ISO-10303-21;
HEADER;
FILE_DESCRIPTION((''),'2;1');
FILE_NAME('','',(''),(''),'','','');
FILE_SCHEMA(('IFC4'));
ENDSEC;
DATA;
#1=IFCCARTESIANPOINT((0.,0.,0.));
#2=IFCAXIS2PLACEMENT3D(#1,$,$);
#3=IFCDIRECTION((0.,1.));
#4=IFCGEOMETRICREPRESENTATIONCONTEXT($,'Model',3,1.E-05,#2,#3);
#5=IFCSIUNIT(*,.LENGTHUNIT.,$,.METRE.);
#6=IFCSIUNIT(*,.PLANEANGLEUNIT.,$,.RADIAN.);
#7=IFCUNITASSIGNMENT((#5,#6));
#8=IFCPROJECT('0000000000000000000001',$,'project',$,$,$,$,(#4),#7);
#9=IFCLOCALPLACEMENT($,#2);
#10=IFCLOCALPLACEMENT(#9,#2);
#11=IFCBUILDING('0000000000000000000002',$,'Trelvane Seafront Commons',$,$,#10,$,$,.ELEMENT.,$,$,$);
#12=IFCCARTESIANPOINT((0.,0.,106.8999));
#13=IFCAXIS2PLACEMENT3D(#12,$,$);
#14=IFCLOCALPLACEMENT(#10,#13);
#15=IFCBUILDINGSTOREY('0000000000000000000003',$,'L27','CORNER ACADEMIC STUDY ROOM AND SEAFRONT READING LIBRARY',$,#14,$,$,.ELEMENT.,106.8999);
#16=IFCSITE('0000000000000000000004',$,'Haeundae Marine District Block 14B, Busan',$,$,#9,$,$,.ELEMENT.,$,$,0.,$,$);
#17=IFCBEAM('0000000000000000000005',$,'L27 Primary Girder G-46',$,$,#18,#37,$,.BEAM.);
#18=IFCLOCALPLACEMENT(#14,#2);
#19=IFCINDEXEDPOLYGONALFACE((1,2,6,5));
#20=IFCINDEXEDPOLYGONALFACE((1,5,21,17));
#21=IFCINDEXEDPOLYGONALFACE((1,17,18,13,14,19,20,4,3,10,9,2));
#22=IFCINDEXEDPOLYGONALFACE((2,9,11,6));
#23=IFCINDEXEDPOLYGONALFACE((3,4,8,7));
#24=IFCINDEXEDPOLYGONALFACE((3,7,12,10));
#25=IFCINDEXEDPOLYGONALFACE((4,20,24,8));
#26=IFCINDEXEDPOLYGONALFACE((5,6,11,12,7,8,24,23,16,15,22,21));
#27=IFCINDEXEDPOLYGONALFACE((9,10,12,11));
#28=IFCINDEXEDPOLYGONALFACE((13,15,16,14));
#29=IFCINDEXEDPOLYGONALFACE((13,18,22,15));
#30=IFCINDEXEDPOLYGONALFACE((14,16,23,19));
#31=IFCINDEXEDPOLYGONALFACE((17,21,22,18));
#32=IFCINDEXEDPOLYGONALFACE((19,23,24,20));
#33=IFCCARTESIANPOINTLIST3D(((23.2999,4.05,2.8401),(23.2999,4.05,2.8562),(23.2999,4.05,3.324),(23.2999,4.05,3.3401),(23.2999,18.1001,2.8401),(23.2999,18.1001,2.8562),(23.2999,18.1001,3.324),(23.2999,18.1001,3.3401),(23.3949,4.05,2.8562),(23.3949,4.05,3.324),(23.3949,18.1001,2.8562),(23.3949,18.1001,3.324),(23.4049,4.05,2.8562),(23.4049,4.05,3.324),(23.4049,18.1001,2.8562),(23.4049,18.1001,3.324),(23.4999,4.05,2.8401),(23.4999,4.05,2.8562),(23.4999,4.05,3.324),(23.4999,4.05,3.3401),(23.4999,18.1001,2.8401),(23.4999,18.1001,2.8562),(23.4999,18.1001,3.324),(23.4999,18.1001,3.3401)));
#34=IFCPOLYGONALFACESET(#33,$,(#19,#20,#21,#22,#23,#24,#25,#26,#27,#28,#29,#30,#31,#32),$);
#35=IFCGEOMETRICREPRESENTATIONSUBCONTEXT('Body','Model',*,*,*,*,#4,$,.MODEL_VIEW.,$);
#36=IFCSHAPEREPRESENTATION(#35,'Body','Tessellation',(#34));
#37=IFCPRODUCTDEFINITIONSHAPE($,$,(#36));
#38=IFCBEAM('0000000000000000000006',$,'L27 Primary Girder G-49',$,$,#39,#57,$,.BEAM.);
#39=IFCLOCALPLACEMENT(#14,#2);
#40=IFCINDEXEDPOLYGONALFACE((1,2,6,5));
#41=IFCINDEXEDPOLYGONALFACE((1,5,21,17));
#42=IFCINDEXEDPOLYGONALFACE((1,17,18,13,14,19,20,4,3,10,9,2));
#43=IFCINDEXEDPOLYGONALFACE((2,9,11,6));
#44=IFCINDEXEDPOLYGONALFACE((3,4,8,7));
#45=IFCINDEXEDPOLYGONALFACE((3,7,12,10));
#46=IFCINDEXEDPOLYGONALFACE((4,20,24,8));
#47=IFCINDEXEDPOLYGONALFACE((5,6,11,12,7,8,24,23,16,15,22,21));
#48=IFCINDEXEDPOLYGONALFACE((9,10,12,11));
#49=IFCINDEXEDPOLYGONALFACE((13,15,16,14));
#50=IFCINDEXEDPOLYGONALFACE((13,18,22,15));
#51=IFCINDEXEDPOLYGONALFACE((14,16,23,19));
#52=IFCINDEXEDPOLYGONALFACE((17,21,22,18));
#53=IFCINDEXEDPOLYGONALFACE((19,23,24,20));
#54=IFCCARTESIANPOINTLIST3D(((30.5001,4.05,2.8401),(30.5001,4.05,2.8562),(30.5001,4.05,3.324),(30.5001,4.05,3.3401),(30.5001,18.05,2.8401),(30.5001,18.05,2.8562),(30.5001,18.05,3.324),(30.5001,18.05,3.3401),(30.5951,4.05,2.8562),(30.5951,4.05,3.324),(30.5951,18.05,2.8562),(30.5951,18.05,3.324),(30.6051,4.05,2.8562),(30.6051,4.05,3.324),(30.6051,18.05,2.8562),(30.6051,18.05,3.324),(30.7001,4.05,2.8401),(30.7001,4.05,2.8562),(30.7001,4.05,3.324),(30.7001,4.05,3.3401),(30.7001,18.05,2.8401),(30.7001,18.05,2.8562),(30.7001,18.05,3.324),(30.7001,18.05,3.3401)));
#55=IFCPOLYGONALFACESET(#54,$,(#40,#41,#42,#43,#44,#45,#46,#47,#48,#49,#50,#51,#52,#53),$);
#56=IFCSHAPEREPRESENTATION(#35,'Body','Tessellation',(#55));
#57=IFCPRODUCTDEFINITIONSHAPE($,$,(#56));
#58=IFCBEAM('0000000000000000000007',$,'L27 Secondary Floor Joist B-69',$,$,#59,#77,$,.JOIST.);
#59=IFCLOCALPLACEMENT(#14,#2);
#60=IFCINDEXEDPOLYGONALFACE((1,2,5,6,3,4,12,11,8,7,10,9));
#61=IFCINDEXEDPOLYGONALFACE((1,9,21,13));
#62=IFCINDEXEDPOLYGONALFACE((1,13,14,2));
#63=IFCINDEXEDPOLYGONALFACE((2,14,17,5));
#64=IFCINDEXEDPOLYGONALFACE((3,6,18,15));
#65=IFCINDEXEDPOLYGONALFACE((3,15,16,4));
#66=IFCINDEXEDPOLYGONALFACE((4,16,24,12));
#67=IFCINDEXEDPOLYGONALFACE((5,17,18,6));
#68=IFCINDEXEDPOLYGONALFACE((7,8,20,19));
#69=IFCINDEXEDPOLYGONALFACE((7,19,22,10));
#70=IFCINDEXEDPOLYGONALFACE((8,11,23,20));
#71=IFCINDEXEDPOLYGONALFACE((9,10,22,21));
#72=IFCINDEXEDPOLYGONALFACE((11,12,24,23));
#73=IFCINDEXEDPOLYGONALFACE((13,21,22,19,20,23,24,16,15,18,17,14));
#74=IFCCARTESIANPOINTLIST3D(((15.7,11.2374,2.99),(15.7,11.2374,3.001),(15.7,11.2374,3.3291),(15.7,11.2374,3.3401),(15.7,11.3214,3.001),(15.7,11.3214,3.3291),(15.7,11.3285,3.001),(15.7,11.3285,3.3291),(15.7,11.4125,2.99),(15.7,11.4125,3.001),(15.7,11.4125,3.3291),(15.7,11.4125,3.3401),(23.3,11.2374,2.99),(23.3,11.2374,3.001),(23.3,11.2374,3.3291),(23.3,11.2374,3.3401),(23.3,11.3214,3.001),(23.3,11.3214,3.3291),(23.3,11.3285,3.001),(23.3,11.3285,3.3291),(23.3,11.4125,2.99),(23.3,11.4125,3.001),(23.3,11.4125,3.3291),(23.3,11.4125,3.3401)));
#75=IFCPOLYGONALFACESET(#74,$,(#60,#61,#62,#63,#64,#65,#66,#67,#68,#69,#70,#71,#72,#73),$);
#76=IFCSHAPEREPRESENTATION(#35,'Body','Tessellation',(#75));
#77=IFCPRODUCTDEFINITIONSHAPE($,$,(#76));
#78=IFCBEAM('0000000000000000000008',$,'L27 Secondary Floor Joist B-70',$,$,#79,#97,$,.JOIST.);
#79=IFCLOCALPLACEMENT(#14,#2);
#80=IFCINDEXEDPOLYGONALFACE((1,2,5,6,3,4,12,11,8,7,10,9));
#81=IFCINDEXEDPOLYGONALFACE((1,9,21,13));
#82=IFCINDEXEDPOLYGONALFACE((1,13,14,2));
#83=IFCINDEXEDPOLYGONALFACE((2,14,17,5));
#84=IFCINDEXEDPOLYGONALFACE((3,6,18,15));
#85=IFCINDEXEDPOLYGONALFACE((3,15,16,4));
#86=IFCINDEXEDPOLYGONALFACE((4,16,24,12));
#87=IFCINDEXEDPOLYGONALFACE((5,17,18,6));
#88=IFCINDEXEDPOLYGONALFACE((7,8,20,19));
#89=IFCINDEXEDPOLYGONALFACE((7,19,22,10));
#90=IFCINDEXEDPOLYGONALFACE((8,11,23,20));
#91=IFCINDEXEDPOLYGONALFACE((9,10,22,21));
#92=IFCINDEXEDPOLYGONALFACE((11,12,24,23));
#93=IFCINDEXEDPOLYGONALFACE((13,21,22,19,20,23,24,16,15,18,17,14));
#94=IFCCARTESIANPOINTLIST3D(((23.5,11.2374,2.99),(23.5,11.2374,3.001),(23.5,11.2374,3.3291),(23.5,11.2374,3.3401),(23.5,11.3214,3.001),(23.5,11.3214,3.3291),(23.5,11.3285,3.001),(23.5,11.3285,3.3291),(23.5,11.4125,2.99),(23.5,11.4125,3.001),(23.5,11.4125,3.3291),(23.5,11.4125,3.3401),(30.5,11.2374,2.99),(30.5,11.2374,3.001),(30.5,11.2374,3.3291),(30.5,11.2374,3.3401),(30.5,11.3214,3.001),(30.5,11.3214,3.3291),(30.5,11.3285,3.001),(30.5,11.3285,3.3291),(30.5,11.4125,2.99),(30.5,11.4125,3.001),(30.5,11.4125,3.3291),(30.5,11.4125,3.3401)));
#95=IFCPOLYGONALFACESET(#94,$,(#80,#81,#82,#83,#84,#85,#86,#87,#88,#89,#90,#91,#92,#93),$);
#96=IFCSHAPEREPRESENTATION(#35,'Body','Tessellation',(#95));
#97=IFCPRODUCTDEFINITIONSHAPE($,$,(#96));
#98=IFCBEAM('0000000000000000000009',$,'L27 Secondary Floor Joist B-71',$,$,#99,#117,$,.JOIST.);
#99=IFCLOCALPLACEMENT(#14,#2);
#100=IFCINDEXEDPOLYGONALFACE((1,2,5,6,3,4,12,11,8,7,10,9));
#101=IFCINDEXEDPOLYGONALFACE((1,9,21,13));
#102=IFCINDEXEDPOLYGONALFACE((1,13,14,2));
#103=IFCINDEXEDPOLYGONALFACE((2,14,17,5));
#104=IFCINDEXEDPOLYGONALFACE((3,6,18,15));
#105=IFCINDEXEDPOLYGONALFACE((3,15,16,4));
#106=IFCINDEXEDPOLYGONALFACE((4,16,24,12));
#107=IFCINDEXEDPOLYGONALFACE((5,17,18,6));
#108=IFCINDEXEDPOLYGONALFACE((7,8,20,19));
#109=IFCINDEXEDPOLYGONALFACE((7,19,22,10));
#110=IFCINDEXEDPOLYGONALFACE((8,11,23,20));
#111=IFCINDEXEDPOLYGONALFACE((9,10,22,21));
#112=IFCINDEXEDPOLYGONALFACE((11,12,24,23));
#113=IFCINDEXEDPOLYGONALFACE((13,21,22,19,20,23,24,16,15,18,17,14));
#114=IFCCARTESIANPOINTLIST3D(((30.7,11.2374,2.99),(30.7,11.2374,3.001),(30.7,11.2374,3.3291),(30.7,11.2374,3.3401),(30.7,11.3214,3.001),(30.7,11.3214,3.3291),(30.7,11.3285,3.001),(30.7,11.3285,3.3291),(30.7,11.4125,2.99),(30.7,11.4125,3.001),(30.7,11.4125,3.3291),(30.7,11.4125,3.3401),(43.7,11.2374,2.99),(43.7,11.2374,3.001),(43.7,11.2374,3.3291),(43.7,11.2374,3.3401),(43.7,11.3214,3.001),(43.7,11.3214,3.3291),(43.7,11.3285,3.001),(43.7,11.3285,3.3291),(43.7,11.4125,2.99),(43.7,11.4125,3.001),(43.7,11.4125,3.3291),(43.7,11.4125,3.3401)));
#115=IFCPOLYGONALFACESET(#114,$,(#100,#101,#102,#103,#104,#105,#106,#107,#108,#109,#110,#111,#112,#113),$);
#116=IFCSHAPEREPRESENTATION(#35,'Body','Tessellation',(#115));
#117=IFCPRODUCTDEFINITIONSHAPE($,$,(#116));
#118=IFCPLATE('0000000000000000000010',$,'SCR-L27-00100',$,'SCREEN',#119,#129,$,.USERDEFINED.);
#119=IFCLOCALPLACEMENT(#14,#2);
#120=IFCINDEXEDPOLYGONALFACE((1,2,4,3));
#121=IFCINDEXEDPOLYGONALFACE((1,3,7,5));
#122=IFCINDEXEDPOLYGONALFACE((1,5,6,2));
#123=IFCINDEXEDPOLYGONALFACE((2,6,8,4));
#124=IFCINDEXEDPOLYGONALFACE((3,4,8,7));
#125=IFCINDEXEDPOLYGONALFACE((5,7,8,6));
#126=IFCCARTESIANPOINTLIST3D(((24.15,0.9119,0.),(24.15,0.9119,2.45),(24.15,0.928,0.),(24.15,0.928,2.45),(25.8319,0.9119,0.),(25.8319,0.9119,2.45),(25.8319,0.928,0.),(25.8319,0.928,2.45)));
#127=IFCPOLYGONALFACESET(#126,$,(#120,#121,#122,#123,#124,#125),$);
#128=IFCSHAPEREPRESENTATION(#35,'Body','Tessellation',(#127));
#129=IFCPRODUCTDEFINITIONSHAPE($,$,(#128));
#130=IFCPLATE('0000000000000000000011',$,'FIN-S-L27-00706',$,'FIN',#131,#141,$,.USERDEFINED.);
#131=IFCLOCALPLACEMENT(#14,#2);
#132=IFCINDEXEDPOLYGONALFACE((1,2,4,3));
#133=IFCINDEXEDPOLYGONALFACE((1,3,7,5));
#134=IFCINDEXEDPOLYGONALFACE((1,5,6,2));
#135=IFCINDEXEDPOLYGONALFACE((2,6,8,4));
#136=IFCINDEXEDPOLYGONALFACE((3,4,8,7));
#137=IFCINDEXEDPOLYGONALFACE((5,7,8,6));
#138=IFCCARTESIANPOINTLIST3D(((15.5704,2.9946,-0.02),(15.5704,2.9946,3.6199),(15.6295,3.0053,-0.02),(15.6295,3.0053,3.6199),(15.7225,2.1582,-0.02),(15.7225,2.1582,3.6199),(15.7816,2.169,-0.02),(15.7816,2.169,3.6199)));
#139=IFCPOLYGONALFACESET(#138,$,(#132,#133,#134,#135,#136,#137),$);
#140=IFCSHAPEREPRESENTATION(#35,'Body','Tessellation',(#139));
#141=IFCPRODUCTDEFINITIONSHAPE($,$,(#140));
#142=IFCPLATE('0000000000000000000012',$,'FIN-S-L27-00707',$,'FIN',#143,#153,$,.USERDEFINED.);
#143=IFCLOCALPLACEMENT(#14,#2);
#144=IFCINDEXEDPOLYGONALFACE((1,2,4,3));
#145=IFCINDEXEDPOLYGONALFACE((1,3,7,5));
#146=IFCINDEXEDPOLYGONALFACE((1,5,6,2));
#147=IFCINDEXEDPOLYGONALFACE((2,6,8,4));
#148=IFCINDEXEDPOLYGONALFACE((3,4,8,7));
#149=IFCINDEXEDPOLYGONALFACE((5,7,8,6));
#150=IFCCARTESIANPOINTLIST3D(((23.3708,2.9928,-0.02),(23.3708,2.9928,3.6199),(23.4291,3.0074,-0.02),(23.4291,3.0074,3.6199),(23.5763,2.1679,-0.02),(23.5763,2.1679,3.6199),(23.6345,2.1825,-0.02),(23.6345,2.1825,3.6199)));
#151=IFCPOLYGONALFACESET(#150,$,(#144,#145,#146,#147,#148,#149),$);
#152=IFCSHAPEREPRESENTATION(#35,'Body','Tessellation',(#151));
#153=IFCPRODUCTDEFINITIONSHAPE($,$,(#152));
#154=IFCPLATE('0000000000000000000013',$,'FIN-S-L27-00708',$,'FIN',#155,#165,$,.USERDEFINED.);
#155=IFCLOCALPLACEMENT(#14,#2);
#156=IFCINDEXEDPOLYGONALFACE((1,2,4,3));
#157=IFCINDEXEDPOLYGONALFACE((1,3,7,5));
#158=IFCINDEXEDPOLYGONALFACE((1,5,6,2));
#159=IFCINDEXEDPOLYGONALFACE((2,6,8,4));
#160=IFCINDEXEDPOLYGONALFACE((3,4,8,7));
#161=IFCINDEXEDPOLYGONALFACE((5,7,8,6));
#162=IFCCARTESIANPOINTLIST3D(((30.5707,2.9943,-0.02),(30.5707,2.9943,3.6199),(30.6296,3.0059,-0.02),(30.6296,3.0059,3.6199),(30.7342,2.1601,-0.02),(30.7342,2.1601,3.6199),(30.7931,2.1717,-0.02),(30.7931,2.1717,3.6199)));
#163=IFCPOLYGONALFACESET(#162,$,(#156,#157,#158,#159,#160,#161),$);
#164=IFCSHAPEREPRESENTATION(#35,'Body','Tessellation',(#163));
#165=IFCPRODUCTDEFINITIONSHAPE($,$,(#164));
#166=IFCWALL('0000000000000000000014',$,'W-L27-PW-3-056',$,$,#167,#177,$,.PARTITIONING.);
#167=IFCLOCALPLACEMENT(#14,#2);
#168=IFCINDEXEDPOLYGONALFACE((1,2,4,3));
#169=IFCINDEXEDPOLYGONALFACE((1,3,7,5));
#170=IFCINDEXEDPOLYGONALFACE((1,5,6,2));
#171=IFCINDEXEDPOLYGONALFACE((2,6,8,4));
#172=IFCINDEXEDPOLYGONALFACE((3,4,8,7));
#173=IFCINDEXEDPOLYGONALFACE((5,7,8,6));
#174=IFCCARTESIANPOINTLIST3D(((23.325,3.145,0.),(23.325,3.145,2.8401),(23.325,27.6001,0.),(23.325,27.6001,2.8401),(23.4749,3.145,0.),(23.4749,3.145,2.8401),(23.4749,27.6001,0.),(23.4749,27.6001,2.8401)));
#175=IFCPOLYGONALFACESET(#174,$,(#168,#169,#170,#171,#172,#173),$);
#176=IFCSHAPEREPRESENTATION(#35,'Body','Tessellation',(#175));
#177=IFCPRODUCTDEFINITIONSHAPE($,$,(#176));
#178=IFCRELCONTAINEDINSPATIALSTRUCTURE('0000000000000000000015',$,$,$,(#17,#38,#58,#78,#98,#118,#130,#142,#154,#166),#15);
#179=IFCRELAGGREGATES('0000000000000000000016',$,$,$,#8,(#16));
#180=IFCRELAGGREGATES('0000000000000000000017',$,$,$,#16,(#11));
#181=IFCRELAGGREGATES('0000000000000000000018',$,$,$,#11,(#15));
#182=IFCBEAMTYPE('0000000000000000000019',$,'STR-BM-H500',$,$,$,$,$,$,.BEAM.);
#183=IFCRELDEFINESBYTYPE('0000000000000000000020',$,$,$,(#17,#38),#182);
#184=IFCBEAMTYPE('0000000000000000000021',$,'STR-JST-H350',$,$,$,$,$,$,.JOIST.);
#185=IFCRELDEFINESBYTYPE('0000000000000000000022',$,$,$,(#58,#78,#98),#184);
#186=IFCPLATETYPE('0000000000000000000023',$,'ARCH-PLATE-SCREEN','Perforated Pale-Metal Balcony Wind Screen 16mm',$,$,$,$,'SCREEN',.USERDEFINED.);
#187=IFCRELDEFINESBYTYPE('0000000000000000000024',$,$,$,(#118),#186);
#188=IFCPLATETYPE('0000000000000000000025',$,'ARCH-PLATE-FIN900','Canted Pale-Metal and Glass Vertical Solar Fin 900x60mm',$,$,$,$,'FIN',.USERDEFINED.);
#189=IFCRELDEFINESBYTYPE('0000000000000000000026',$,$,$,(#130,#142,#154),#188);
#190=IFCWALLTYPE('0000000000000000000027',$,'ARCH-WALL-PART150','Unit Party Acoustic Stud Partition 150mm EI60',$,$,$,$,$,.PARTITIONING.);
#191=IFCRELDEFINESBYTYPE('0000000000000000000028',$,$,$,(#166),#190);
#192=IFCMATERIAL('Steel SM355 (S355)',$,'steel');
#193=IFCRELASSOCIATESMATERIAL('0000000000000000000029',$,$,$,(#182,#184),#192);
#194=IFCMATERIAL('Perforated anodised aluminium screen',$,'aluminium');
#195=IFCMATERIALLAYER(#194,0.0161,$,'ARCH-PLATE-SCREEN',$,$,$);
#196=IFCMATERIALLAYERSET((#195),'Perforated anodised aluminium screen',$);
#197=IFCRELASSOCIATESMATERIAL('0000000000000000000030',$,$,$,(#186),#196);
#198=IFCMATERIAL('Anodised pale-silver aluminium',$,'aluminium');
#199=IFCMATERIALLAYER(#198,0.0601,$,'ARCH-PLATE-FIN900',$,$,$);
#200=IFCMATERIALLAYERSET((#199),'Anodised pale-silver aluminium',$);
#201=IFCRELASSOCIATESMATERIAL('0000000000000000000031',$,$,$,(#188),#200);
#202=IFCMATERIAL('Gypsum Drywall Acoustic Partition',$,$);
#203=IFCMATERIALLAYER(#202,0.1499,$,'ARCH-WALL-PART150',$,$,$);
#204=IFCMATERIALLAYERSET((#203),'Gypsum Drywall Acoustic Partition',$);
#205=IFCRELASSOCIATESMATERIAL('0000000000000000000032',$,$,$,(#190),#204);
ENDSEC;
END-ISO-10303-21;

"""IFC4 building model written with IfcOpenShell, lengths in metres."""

from ifc_helpers import new_model, si_unit, direction, frame, frame_2d, origin, origin_2d, place, context, subcontext, project, spatial, rectangle, i_section, extrude, source, transform, mapped, material, layer, layer_set, material_profile, profile_set, type_object, element, save


model = new_model("IFC4")

# Units and contexts
model_context = context("Model", 3, precision=1e-05, world=origin(), true_north=direction((0.0, 1.0)))
body_context = subcontext(model_context, "Body", "Model", "MODEL_VIEW")
ifc_project = project(units=[si_unit("LENGTHUNIT", "METRE"), si_unit("PLANEANGLEUNIT", "RADIAN")], contexts=[model_context])

# Site, building, storey
site_placement = place(None, origin())
site = spatial("IfcSite", under=ifc_project, at=site_placement, Name="Haeundae Marine District Block 14B, Busan", CompositionType="ELEMENT", RefElevation=0.0)
building_placement = place(site_placement, origin())
building = spatial("IfcBuilding", under=site, at=building_placement, Name="Trelvane Seafront Commons", CompositionType="ELEMENT")
storey_placement = place(building_placement, frame((0.0, 0.0, 106.8999)))
storey = spatial("IfcBuildingStorey", under=building, at=storey_placement, Name="L27", Description="CORNER ACADEMIC STUDY ROOM AND SEAFRONT READING LIBRARY", CompositionType="ELEMENT", Elevation=106.8999)

# Shared definitions
ifc_material_1 = material(Name="Steel SM355 (S355)", Category="steel")

# Beams
ifc_material_profile_1 = material_profile(ifc_material_1, i_section(OverallWidth=0.2, OverallDepth=0.5, WebThickness=0.01, FlangeThickness=0.0161, at=origin_2d()), Name="H-500x200x10x16")
ifc_profile_set_1 = profile_set([ifc_material_profile_1], Name="Steel SM355 (S355)")
beam_type_1 = type_object("IfcBeamType", Name="STR-BM-H500", PredefinedType="BEAM", material=ifc_profile_set_1)
shared_shape_1 = source(origin(), body_context, "Body", "SweptSolid", [
    extrude(i_section(OverallWidth=0.2, OverallDepth=0.5, WebThickness=0.01, FlangeThickness=0.0161, at=origin_2d()), origin(), (0.0, 0.0, 1.0), 14.05),
])
beam_1_placement = place(storey_placement, frame((23.3999, 4.05, 3.0901), z_axis=(0.0, 1.0, 0.0), x_axis=(-1.0, 0.0, 0.0)))
element("IfcBeam", 1, at=beam_1_placement, inside=storey, type_object=beam_type_1, Name="L27 Primary Girder G-46", PredefinedType="BEAM", context=body_context, shape_type="MappedRepresentation", body=[
    mapped(shared_shape_1, transform((0.0, 0.0, 0.0), x_axis=(1.0, 0.0, 0.0), y_axis=(0.0, 1.0, 0.0), z_axis=(0.0, 0.0, 1.0), scale=1.0)),
])
shared_shape_2 = source(origin(), body_context, "Body", "SweptSolid", [
    extrude(i_section(OverallWidth=0.2, OverallDepth=0.5, WebThickness=0.01, FlangeThickness=0.0161, at=origin_2d()), origin(), (0.0, 0.0, 1.0), 14.0),
])
beam_2_placement = place(storey_placement, frame((30.6001, 4.05, 3.0901), z_axis=(0.0, 1.0, 0.0), x_axis=(-1.0, 0.0, 0.0)))
element("IfcBeam", 2, at=beam_2_placement, inside=storey, type_object=beam_type_1, Name="L27 Primary Girder G-49", PredefinedType="BEAM", context=body_context, shape_type="MappedRepresentation", body=[
    mapped(shared_shape_2, transform((0.0, 0.0, 0.0), x_axis=(1.0, 0.0, 0.0), y_axis=(0.0, 1.0, 0.0), z_axis=(0.0, 0.0, 1.0), scale=1.0)),
])
ifc_material_profile_2 = material_profile(ifc_material_1, i_section(OverallWidth=0.175, OverallDepth=0.3501, WebThickness=0.0071, FlangeThickness=0.011, at=origin_2d()), Name="H-350x175x7x11")
ifc_profile_set_2 = profile_set([ifc_material_profile_2], Name="Steel SM355 (S355)")
beam_type_2 = type_object("IfcBeamType", Name="STR-JST-H350", PredefinedType="JOIST", material=ifc_profile_set_2)
shared_shape_3 = source(origin(), body_context, "Body", "SweptSolid", [
    extrude(i_section(OverallWidth=0.175, OverallDepth=0.3501, WebThickness=0.0071, FlangeThickness=0.011, at=origin_2d()), origin(), (0.0, 0.0, 1.0), 7.6001),
])
beam_3_placement = place(storey_placement, frame((15.7, 11.325, 3.165), z_axis=(1.0, 0.0, 0.0), x_axis=(0.0, 1.0, 0.0)))
element("IfcBeam", 3, at=beam_3_placement, inside=storey, type_object=beam_type_2, Name="L27 Secondary Floor Joist B-69", PredefinedType="JOIST", context=body_context, shape_type="MappedRepresentation", body=[
    mapped(shared_shape_3, transform((0.0, 0.0, 0.0), x_axis=(1.0, 0.0, 0.0), y_axis=(0.0, 1.0, 0.0), z_axis=(0.0, 0.0, 1.0), scale=1.0)),
])
shared_shape_4 = source(origin(), body_context, "Body", "SweptSolid", [
    extrude(i_section(OverallWidth=0.175, OverallDepth=0.3501, WebThickness=0.0071, FlangeThickness=0.011, at=origin_2d()), origin(), (0.0, 0.0, 1.0), 7.0),
])
beam_4_placement = place(storey_placement, frame((23.5, 11.325, 3.165), z_axis=(1.0, 0.0, 0.0), x_axis=(0.0, 1.0, 0.0)))
element("IfcBeam", 4, at=beam_4_placement, inside=storey, type_object=beam_type_2, Name="L27 Secondary Floor Joist B-70", PredefinedType="JOIST", context=body_context, shape_type="MappedRepresentation", body=[
    mapped(shared_shape_4, transform((0.0, 0.0, 0.0), x_axis=(1.0, 0.0, 0.0), y_axis=(0.0, 1.0, 0.0), z_axis=(0.0, 0.0, 1.0), scale=1.0)),
])
shared_shape_5 = source(origin(), body_context, "Body", "SweptSolid", [
    extrude(i_section(OverallWidth=0.175, OverallDepth=0.3501, WebThickness=0.0071, FlangeThickness=0.011, at=origin_2d()), origin(), (0.0, 0.0, 1.0), 13.0),
])
beam_5_placement = place(storey_placement, frame((30.7, 11.325, 3.165), z_axis=(1.0, 0.0, 0.0), x_axis=(0.0, 1.0, 0.0)))
element("IfcBeam", 5, at=beam_5_placement, inside=storey, type_object=beam_type_2, Name="L27 Secondary Floor Joist B-71", PredefinedType="JOIST", context=body_context, shape_type="MappedRepresentation", body=[
    mapped(shared_shape_5, transform((0.0, 0.0, 0.0), x_axis=(1.0, 0.0, 0.0), y_axis=(0.0, 1.0, 0.0), z_axis=(0.0, 0.0, 1.0), scale=1.0)),
])

# Plates
ifc_material_2 = material(Name="Perforated anodised aluminium screen", Category="aluminium")
ifc_layer_1 = layer(ifc_material_2, 0.0161, Name="ARCH-PLATE-SCREEN")
ifc_layer_set_1 = layer_set([ifc_layer_1], Name="Perforated anodised aluminium screen")
plate_type_1 = type_object("IfcPlateType", Name="ARCH-PLATE-SCREEN", Description="Perforated Pale-Metal Balcony Wind Screen 16mm", ElementType="SCREEN", PredefinedType="USERDEFINED", material=ifc_layer_set_1)
shared_shape_6 = source(origin(), body_context, "Body", "SweptSolid", [
    extrude(rectangle(XDim=1.6819, YDim=0.0161, at=origin_2d()), origin(), (0.0, 0.0, 1.0), 2.45),
])
plate_placement = place(storey_placement, frame((24.991, 0.9199, 0.0), z_axis=(0.0, 0.0, 1.0), x_axis=(1.0, 0.0, 0.0)))
element("IfcPlate", 6, at=plate_placement, inside=storey, type_object=plate_type_1, Name="SCR-L27-00100", ObjectType="SCREEN", PredefinedType="USERDEFINED", context=body_context, shape_type="MappedRepresentation", body=[
    mapped(shared_shape_6, transform((0.0, 0.0, 0.0), x_axis=(1.0, 0.0, 0.0), y_axis=(0.0, 1.0, 0.0), z_axis=(0.0, 0.0, 1.0), scale=1.0)),
])
ifc_material_3 = material(Name="Anodised pale-silver aluminium", Category="aluminium")
ifc_layer_2 = layer(ifc_material_3, 0.0601, Name="ARCH-PLATE-FIN900")
ifc_layer_set_2 = layer_set([ifc_layer_2], Name="Anodised pale-silver aluminium")
plate_type_2 = type_object("IfcPlateType", Name="ARCH-PLATE-FIN900", Description="Canted Pale-Metal and Glass Vertical Solar Fin 900x60mm", ElementType="FIN", PredefinedType="USERDEFINED", material=ifc_layer_set_2)
shared_shape_7 = source(origin(), body_context, "Body", "SweptSolid", [
    extrude(rectangle(XDim=0.8501, YDim=0.0601, at=origin_2d()), origin(), (0.0, 0.0, 1.0), 3.6399),
])
for number, where, z_axis, x_axis, name in (
    (7, (15.676, 2.5818, -0.02), (0.0, 0.0, 1.0), (0.178938, -0.98386, 0.0), "FIN-S-L27-00706"),
    (8, (23.5027, 2.5876, -0.02), (0.0, 0.0, 1.0), (0.241649, -0.970364, 0.0), "FIN-S-L27-00707"),
    (9, (30.6819, 2.583, -0.02), (0.0, 0.0, 1.0), (0.192359, -0.981325, 0.0), "FIN-S-L27-00708"),
):
    element("IfcPlate", number, at=place(storey_placement, frame(where, z_axis=z_axis, x_axis=x_axis)), inside=storey, type_object=plate_type_2, Name=name, ObjectType="FIN", PredefinedType="USERDEFINED", context=body_context, shape_type="MappedRepresentation", body=[
        mapped(shared_shape_7, transform((0.0, 0.0, 0.0), x_axis=(1.0, 0.0, 0.0), y_axis=(0.0, 1.0, 0.0), z_axis=(0.0, 0.0, 1.0), scale=1.0)),
    ])

# Wall
ifc_material_4 = material(Name="Gypsum Drywall Acoustic Partition")
ifc_layer_3 = layer(ifc_material_4, 0.1499, Name="ARCH-WALL-PART150")
ifc_layer_set_3 = layer_set([ifc_layer_3], Name="Gypsum Drywall Acoustic Partition")
wall_type = type_object("IfcWallType", Name="ARCH-WALL-PART150", Description="Unit Party Acoustic Stud Partition 150mm EI60", PredefinedType="PARTITIONING", material=ifc_layer_set_3)
wall_1_placement = place(storey_placement, frame((23.3999, 3.145, 0.0), z_axis=(0.0, 0.0, 1.0), x_axis=(0.0, 1.0, 0.0)))
element("IfcWall", 10, at=wall_1_placement, inside=storey, type_object=wall_type, Name="W-L27-PW-3-056", PredefinedType="PARTITIONING", context=body_context, shape_type="SweptSolid", body=[
    extrude(rectangle(XDim=24.4551, YDim=0.1499, at=frame_2d((12.2275, 0.0))), origin(), (0.0, 0.0, 1.0), 2.8401),
])

save(model, "model.ifc")
